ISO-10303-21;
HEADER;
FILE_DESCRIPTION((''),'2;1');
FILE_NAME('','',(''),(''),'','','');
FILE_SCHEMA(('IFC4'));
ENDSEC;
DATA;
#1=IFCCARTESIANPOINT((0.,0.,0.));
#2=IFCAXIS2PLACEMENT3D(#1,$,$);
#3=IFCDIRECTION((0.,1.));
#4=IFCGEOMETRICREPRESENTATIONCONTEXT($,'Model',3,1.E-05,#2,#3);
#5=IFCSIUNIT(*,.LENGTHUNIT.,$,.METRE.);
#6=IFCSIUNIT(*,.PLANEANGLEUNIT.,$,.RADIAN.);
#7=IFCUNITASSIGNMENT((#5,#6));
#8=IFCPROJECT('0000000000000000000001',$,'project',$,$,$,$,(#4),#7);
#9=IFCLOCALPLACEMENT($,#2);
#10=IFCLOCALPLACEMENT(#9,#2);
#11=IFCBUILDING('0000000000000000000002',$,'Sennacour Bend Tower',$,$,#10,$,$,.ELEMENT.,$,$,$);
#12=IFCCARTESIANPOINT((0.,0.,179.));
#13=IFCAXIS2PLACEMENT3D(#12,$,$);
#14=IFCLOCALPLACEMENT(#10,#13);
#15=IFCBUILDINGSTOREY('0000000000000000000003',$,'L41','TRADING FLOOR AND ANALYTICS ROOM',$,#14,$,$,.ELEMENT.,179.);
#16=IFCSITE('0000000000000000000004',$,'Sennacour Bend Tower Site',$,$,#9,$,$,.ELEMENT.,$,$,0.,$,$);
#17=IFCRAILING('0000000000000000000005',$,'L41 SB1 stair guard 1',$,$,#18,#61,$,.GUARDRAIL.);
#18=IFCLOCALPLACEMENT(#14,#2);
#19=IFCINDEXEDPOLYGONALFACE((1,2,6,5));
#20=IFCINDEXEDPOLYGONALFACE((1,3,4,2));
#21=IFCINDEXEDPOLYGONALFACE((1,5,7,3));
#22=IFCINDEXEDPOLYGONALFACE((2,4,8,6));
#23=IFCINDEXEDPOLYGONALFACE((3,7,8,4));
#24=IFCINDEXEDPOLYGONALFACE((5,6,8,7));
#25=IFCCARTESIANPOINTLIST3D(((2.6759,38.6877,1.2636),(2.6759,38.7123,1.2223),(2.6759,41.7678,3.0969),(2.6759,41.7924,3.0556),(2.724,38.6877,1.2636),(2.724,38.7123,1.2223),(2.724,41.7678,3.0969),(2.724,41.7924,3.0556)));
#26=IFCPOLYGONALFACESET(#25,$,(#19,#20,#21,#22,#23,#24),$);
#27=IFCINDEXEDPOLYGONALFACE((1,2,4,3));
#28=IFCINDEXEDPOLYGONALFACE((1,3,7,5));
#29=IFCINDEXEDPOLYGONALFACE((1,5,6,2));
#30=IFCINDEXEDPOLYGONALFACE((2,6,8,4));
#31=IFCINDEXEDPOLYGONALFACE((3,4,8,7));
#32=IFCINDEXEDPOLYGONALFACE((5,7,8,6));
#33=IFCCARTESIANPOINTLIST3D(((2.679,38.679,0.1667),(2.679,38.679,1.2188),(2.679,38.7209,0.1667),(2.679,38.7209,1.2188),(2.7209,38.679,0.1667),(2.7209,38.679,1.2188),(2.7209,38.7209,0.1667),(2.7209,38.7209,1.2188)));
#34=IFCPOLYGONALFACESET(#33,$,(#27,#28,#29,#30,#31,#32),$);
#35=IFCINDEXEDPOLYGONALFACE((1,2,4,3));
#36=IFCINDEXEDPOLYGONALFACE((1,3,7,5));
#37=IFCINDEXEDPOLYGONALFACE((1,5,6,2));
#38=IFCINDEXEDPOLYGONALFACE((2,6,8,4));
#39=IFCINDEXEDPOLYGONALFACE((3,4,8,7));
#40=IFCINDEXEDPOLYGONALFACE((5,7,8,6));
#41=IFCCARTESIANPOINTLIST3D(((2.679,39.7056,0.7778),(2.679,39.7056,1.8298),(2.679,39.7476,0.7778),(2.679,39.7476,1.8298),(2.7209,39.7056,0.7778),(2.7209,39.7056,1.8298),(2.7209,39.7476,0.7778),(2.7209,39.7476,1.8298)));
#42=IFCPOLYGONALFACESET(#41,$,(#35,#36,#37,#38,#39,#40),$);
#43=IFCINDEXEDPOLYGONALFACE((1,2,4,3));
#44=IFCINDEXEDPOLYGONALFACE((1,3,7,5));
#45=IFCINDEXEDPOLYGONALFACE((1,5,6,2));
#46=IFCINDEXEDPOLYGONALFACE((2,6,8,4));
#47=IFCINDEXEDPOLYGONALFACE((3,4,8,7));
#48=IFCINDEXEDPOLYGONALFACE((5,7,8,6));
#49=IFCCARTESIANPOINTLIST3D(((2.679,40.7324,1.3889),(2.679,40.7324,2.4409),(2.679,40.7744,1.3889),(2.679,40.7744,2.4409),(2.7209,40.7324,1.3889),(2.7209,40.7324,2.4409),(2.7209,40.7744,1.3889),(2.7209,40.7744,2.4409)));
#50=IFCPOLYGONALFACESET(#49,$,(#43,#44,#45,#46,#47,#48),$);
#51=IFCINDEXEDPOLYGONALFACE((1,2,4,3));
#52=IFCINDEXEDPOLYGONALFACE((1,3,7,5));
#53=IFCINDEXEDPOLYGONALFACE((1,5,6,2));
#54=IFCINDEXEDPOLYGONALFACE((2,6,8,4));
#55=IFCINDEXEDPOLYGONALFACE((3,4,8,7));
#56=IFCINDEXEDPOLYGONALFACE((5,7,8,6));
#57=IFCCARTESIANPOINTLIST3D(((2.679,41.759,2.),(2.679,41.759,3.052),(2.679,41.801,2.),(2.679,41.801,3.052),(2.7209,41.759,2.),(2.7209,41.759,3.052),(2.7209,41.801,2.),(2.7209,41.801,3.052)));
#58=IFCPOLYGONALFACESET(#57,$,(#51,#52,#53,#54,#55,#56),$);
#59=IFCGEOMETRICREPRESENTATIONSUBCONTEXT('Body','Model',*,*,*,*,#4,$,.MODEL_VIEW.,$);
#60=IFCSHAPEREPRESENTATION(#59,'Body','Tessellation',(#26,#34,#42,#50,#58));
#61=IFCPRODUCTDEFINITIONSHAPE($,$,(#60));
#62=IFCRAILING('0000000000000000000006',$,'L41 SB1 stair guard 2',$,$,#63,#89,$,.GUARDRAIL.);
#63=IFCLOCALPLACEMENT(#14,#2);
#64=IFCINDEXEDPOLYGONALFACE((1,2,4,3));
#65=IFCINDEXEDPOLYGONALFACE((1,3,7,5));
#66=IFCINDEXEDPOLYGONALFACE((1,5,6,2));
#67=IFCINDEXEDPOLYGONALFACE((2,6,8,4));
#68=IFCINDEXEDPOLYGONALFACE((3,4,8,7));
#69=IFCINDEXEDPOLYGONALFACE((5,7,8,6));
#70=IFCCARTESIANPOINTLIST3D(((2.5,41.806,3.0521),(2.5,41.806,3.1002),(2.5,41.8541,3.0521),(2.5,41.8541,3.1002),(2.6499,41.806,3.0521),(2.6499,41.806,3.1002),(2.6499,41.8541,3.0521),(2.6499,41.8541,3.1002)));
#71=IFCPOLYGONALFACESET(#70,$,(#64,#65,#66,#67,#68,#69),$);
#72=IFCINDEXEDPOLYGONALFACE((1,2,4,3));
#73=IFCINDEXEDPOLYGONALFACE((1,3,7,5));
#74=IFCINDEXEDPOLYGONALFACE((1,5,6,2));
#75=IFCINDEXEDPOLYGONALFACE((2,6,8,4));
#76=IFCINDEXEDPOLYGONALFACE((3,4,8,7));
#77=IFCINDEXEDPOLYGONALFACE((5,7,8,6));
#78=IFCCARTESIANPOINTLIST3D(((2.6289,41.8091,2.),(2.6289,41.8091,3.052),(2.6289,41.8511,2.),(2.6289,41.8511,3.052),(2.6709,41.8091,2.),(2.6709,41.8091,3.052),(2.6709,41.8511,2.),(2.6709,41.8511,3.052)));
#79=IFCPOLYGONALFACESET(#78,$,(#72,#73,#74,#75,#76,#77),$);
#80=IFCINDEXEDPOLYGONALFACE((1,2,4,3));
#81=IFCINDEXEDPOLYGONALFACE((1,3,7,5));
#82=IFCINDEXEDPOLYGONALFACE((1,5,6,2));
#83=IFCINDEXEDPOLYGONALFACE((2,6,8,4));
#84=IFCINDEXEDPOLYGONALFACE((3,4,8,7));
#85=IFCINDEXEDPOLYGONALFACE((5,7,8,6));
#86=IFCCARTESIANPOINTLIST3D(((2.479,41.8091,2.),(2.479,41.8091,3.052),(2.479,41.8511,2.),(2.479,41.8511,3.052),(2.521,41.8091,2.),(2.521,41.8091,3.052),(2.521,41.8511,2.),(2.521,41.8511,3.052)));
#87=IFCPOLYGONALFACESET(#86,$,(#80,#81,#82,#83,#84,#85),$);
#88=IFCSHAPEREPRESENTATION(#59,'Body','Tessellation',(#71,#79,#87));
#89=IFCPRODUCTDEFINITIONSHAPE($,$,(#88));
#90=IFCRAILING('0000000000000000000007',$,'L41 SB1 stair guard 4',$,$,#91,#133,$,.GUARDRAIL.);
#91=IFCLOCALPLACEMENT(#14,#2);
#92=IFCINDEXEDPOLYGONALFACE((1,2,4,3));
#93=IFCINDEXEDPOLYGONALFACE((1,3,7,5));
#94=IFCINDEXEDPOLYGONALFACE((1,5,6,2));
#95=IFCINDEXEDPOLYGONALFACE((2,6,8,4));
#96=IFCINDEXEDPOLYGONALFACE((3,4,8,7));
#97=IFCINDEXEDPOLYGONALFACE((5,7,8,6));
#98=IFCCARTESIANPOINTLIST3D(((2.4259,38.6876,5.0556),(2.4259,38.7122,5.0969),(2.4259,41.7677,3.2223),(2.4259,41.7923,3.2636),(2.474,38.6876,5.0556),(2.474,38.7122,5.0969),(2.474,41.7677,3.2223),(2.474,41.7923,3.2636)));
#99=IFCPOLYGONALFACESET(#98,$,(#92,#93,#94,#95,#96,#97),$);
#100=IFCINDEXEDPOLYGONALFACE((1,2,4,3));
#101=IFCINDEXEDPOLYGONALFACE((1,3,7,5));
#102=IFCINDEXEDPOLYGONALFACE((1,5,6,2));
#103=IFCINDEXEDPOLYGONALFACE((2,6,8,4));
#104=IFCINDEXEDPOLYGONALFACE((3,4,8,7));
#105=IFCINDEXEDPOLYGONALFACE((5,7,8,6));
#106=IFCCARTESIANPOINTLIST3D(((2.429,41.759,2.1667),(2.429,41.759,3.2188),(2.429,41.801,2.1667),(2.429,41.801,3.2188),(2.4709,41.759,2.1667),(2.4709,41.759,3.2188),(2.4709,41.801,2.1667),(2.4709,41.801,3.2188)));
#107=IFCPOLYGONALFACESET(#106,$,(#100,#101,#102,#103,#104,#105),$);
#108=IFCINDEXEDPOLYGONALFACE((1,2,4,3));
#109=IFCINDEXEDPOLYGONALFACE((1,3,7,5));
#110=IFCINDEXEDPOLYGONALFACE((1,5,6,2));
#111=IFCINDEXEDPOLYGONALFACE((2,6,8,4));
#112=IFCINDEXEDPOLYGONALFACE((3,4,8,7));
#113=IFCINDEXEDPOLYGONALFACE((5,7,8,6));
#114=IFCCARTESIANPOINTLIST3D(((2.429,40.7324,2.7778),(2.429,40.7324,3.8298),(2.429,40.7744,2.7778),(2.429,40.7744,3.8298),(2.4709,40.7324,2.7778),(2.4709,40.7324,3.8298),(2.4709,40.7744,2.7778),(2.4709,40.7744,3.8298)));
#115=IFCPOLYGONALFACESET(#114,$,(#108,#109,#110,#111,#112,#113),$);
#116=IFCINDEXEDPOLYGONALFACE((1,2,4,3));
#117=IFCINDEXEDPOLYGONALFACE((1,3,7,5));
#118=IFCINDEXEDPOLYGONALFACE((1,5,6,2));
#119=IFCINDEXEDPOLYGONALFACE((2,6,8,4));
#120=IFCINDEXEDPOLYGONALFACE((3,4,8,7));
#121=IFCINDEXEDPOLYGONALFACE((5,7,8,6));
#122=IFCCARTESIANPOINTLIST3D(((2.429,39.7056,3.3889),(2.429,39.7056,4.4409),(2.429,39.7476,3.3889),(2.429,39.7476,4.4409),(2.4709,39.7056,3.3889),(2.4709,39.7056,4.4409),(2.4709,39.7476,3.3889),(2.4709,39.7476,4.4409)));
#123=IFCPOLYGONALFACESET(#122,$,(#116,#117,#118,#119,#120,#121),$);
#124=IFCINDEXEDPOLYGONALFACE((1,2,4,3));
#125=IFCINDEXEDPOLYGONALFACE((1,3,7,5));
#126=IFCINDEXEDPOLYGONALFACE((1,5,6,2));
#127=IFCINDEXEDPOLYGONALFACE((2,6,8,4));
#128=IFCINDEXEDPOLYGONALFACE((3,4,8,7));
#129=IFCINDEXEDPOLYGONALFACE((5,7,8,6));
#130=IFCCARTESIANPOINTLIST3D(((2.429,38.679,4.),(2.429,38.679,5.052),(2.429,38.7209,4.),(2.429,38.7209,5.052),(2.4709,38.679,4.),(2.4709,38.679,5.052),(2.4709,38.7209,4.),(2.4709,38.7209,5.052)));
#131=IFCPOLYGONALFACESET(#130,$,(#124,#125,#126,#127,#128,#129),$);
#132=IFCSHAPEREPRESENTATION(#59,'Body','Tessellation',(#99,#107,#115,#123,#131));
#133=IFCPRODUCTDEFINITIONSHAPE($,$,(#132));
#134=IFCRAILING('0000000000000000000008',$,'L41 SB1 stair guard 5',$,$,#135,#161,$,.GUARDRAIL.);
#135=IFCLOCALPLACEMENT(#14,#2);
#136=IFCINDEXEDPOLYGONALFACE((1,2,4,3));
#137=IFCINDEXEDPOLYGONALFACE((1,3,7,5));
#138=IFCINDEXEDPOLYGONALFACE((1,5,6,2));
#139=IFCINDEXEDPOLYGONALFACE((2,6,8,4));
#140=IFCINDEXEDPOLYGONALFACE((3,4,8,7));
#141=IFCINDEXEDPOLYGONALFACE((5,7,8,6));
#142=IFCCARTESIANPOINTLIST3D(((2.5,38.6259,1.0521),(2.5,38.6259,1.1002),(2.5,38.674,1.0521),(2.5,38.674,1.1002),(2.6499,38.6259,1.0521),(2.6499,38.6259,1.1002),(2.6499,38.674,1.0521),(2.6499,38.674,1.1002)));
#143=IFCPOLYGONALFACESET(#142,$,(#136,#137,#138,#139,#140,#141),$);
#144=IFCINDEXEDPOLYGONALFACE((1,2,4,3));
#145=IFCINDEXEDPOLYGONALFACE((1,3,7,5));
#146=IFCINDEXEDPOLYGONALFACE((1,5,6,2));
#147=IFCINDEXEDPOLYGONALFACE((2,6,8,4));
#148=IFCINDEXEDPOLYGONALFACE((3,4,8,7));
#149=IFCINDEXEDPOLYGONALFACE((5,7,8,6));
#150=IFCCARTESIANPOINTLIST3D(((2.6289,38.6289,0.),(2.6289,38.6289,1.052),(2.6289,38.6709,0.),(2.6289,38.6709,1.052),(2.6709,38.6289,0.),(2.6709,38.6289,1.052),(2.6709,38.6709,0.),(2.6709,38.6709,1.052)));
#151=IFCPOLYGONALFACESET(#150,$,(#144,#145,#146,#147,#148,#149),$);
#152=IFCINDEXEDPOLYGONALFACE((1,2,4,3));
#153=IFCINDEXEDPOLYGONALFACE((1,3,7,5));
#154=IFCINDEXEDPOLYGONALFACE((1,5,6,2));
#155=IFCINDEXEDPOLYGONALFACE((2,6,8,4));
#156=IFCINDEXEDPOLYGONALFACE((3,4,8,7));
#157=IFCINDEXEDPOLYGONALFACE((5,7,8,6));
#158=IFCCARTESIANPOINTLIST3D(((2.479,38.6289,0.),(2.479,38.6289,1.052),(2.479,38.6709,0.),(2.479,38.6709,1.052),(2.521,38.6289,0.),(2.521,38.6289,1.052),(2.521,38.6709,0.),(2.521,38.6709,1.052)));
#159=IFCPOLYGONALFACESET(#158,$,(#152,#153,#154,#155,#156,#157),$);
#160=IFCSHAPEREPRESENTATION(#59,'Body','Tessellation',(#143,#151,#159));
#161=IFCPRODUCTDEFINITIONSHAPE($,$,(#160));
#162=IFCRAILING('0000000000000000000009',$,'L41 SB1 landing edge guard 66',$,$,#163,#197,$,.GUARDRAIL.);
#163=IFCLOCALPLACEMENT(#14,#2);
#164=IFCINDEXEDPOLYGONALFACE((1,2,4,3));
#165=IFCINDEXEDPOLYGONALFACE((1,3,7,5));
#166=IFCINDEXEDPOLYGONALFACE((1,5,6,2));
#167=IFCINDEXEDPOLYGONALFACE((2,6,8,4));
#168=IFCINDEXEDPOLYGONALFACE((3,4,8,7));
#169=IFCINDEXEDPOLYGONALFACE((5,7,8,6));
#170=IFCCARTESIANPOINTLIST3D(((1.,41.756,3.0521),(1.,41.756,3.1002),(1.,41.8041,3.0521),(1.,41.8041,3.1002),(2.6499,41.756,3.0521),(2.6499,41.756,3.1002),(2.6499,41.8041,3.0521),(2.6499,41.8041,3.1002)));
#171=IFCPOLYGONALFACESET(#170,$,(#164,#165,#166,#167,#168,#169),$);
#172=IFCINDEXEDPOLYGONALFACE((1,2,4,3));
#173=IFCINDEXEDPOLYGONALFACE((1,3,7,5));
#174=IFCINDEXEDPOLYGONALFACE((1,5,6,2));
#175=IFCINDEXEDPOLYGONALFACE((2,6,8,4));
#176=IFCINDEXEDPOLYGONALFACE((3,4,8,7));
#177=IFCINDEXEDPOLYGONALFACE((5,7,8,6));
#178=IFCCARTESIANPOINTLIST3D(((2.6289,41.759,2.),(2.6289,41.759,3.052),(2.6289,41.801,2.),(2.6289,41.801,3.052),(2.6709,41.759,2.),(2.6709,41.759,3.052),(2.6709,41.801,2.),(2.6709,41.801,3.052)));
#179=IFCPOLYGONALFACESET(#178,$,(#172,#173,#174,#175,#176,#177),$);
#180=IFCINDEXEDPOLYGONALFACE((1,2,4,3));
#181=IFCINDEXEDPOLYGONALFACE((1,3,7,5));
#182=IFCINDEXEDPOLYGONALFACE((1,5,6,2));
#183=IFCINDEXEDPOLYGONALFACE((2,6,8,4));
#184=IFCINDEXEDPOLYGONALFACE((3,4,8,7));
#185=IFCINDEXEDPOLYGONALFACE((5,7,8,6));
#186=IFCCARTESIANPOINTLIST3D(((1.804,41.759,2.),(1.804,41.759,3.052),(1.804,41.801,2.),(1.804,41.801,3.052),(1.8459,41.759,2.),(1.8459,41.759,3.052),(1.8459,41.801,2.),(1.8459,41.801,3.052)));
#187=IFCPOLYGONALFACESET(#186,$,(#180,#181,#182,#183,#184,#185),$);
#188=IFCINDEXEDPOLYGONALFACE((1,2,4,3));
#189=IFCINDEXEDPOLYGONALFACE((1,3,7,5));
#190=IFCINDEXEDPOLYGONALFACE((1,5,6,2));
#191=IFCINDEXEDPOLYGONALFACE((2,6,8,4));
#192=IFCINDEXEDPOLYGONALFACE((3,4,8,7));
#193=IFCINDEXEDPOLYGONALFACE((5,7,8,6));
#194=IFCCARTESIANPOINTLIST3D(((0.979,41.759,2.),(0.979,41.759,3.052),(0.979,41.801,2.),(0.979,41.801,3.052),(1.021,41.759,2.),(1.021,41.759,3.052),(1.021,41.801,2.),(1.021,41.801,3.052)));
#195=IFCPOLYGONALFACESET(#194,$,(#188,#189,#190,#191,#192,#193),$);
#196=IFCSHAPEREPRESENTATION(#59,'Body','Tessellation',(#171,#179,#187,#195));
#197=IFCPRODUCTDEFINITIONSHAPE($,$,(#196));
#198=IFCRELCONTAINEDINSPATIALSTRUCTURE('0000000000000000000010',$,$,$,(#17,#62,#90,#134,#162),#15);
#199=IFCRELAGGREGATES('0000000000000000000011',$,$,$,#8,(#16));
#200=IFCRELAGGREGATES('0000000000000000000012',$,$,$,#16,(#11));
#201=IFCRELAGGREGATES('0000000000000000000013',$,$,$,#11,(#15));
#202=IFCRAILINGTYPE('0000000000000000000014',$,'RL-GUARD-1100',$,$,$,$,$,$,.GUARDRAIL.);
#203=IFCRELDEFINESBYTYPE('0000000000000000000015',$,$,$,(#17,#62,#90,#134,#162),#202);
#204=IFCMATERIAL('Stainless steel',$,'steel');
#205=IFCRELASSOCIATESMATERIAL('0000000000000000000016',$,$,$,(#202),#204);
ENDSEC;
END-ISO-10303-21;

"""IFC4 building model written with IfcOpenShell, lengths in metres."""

from ifc_helpers import new_model, si_unit, direction, frame, origin, origin_2d, place, context, subcontext, project, spatial, rectangle, extrude, material, type_object, element, save


model = new_model("IFC4")

# Units and contexts
model_context = context("Model", 3, precision=1e-05, world=origin(), true_north=direction((0.0, 1.0)))
body_context = subcontext(model_context, "Body", "Model", "MODEL_VIEW")
ifc_project = project(units=[si_unit("LENGTHUNIT", "METRE"), si_unit("PLANEANGLEUNIT", "RADIAN")], contexts=[model_context])

# Site, building, storey
site_placement = place(None, origin())
site = spatial("IfcSite", under=ifc_project, at=site_placement, Name="Sennacour Bend Tower Site", CompositionType="ELEMENT", RefElevation=0.0)
building_placement = place(site_placement, origin())
building = spatial("IfcBuilding", under=site, at=building_placement, Name="Sennacour Bend Tower", CompositionType="ELEMENT")
storey_placement = place(building_placement, frame((0.0, 0.0, 179.0)))
storey = spatial("IfcBuildingStorey", under=building, at=storey_placement, Name="L41", Description="TRADING FLOOR AND ANALYTICS ROOM", CompositionType="ELEMENT", Elevation=179.0)

# Railings
ifc_material_1 = material(Name="Stainless steel", Category="steel")
railing_type_1 = type_object("IfcRailingType", Name="RL-GUARD-1100", PredefinedType="GUARDRAIL", material=ifc_material_1)
railing_1_placement = place(storey_placement, frame((2.7, 38.7, 0.1667)))
element("IfcRailing", 1, at=railing_1_placement, inside=storey, type_object=railing_type_1, Name="L41 SB1 stair guard 1", PredefinedType="GUARDRAIL", context=body_context, shape_type="SweptSolid", body=[
    extrude(rectangle(XDim=0.0481, YDim=0.0481, at=origin_2d()), frame((0.0, 0.0, 1.0762), z_axis=(0.0, 0.859309, 0.511458), x_axis=(-1.0, 0.0, 0.0)), (0.0, 0.0, 1.0), 3.5845),
    extrude(rectangle(XDim=0.042, YDim=0.042, at=origin_2d()), origin(), (0.0, 0.0, 1.0), 1.052),
    extrude(rectangle(XDim=0.042, YDim=0.042, at=origin_2d()), frame((0.0, 1.0266, 0.6111)), (0.0, 0.0, 1.0), 1.052),
    extrude(rectangle(XDim=0.042, YDim=0.042, at=origin_2d()), frame((0.0, 2.0535, 1.2222)), (0.0, 0.0, 1.0), 1.052),
    extrude(rectangle(XDim=0.042, YDim=0.042, at=origin_2d()), frame((0.0, 3.0801, 1.8333)), (0.0, 0.0, 1.0), 1.052),
])
railing_2_placement = place(storey_placement, frame((2.6499, 41.8301, 2.0)))
element("IfcRailing", 2, at=railing_2_placement, inside=storey, type_object=railing_type_1, Name="L41 SB1 stair guard 2", PredefinedType="GUARDRAIL", context=body_context, shape_type="SweptSolid", body=[
    extrude(rectangle(XDim=0.0481, YDim=0.0481, at=origin_2d()), frame((0.0, 0.0, 1.0762), z_axis=(-1.0, 0.0, 0.0), x_axis=(0.0, -1.0, 0.0)), (0.0, 0.0, 1.0), 0.1499),
    extrude(rectangle(XDim=0.042, YDim=0.042, at=origin_2d()), origin(), (0.0, 0.0, 1.0), 1.052),
    extrude(rectangle(XDim=0.042, YDim=0.042, at=origin_2d()), frame((-0.1499, 0.0, 0.0)), (0.0, 0.0, 1.0), 1.052),
])
railing_3_placement = place(storey_placement, frame((2.45, 41.78, 2.1667)))
element("IfcRailing", 3, at=railing_3_placement, inside=storey, type_object=railing_type_1, Name="L41 SB1 stair guard 4", PredefinedType="GUARDRAIL", context=body_context, shape_type="SweptSolid", body=[
    extrude(rectangle(XDim=0.0481, YDim=0.0481, at=origin_2d()), frame((0.0, 0.0, 1.0762), z_axis=(0.0, -0.859309, 0.511458), x_axis=(1.0, 0.0, 0.0)), (0.0, 0.0, 1.0), 3.5845),
    extrude(rectangle(XDim=0.042, YDim=0.042, at=origin_2d()), origin(), (0.0, 0.0, 1.0), 1.052),
    extrude(rectangle(XDim=0.042, YDim=0.042, at=origin_2d()), frame((0.0, -1.0266, 0.6111)), (0.0, 0.0, 1.0), 1.052),
    extrude(rectangle(XDim=0.042, YDim=0.042, at=origin_2d()), frame((0.0, -2.0535, 1.2222)), (0.0, 0.0, 1.0), 1.052),
    extrude(rectangle(XDim=0.042, YDim=0.042, at=origin_2d()), frame((0.0, -3.0801, 1.8333)), (0.0, 0.0, 1.0), 1.052),
])
railing_4_placement = place(storey_placement, frame((2.6499, 38.6499, 0.0)))
element("IfcRailing", 4, at=railing_4_placement, inside=storey, type_object=railing_type_1, Name="L41 SB1 stair guard 5", PredefinedType="GUARDRAIL", context=body_context, shape_type="SweptSolid", body=[
    extrude(rectangle(XDim=0.0481, YDim=0.0481, at=origin_2d()), frame((0.0, 0.0, 1.0762), z_axis=(-1.0, 0.0, 0.0), x_axis=(0.0, -1.0, 0.0)), (0.0, 0.0, 1.0), 0.1499),
    extrude(rectangle(XDim=0.042, YDim=0.042, at=origin_2d()), origin(), (0.0, 0.0, 1.0), 1.052),
    extrude(rectangle(XDim=0.042, YDim=0.042, at=origin_2d()), frame((-0.1499, 0.0, 0.0)), (0.0, 0.0, 1.0), 1.052),
])
railing_5_placement = place(storey_placement, frame((2.6499, 41.78, 2.0)))
element("IfcRailing", 5, at=railing_5_placement, inside=storey, type_object=railing_type_1, Name="L41 SB1 landing edge guard 66", PredefinedType="GUARDRAIL", context=body_context, shape_type="SweptSolid", body=[
    extrude(rectangle(XDim=0.0481, YDim=0.0481, at=origin_2d()), frame((0.0, 0.0, 1.0762), z_axis=(-1.0, 0.0, 0.0), x_axis=(0.0, -1.0, 0.0)), (0.0, 0.0, 1.0), 1.6499),
    extrude(rectangle(XDim=0.042, YDim=0.042, at=origin_2d()), origin(), (0.0, 0.0, 1.0), 1.052),
    extrude(rectangle(XDim=0.042, YDim=0.042, at=origin_2d()), frame((-0.825, 0.0, 0.0)), (0.0, 0.0, 1.0), 1.052),
    extrude(rectangle(XDim=0.042, YDim=0.042, at=origin_2d()), frame((-1.6499, 0.0, 0.0)), (0.0, 0.0, 1.0), 1.052),
])

save(model, "model.ifc")
